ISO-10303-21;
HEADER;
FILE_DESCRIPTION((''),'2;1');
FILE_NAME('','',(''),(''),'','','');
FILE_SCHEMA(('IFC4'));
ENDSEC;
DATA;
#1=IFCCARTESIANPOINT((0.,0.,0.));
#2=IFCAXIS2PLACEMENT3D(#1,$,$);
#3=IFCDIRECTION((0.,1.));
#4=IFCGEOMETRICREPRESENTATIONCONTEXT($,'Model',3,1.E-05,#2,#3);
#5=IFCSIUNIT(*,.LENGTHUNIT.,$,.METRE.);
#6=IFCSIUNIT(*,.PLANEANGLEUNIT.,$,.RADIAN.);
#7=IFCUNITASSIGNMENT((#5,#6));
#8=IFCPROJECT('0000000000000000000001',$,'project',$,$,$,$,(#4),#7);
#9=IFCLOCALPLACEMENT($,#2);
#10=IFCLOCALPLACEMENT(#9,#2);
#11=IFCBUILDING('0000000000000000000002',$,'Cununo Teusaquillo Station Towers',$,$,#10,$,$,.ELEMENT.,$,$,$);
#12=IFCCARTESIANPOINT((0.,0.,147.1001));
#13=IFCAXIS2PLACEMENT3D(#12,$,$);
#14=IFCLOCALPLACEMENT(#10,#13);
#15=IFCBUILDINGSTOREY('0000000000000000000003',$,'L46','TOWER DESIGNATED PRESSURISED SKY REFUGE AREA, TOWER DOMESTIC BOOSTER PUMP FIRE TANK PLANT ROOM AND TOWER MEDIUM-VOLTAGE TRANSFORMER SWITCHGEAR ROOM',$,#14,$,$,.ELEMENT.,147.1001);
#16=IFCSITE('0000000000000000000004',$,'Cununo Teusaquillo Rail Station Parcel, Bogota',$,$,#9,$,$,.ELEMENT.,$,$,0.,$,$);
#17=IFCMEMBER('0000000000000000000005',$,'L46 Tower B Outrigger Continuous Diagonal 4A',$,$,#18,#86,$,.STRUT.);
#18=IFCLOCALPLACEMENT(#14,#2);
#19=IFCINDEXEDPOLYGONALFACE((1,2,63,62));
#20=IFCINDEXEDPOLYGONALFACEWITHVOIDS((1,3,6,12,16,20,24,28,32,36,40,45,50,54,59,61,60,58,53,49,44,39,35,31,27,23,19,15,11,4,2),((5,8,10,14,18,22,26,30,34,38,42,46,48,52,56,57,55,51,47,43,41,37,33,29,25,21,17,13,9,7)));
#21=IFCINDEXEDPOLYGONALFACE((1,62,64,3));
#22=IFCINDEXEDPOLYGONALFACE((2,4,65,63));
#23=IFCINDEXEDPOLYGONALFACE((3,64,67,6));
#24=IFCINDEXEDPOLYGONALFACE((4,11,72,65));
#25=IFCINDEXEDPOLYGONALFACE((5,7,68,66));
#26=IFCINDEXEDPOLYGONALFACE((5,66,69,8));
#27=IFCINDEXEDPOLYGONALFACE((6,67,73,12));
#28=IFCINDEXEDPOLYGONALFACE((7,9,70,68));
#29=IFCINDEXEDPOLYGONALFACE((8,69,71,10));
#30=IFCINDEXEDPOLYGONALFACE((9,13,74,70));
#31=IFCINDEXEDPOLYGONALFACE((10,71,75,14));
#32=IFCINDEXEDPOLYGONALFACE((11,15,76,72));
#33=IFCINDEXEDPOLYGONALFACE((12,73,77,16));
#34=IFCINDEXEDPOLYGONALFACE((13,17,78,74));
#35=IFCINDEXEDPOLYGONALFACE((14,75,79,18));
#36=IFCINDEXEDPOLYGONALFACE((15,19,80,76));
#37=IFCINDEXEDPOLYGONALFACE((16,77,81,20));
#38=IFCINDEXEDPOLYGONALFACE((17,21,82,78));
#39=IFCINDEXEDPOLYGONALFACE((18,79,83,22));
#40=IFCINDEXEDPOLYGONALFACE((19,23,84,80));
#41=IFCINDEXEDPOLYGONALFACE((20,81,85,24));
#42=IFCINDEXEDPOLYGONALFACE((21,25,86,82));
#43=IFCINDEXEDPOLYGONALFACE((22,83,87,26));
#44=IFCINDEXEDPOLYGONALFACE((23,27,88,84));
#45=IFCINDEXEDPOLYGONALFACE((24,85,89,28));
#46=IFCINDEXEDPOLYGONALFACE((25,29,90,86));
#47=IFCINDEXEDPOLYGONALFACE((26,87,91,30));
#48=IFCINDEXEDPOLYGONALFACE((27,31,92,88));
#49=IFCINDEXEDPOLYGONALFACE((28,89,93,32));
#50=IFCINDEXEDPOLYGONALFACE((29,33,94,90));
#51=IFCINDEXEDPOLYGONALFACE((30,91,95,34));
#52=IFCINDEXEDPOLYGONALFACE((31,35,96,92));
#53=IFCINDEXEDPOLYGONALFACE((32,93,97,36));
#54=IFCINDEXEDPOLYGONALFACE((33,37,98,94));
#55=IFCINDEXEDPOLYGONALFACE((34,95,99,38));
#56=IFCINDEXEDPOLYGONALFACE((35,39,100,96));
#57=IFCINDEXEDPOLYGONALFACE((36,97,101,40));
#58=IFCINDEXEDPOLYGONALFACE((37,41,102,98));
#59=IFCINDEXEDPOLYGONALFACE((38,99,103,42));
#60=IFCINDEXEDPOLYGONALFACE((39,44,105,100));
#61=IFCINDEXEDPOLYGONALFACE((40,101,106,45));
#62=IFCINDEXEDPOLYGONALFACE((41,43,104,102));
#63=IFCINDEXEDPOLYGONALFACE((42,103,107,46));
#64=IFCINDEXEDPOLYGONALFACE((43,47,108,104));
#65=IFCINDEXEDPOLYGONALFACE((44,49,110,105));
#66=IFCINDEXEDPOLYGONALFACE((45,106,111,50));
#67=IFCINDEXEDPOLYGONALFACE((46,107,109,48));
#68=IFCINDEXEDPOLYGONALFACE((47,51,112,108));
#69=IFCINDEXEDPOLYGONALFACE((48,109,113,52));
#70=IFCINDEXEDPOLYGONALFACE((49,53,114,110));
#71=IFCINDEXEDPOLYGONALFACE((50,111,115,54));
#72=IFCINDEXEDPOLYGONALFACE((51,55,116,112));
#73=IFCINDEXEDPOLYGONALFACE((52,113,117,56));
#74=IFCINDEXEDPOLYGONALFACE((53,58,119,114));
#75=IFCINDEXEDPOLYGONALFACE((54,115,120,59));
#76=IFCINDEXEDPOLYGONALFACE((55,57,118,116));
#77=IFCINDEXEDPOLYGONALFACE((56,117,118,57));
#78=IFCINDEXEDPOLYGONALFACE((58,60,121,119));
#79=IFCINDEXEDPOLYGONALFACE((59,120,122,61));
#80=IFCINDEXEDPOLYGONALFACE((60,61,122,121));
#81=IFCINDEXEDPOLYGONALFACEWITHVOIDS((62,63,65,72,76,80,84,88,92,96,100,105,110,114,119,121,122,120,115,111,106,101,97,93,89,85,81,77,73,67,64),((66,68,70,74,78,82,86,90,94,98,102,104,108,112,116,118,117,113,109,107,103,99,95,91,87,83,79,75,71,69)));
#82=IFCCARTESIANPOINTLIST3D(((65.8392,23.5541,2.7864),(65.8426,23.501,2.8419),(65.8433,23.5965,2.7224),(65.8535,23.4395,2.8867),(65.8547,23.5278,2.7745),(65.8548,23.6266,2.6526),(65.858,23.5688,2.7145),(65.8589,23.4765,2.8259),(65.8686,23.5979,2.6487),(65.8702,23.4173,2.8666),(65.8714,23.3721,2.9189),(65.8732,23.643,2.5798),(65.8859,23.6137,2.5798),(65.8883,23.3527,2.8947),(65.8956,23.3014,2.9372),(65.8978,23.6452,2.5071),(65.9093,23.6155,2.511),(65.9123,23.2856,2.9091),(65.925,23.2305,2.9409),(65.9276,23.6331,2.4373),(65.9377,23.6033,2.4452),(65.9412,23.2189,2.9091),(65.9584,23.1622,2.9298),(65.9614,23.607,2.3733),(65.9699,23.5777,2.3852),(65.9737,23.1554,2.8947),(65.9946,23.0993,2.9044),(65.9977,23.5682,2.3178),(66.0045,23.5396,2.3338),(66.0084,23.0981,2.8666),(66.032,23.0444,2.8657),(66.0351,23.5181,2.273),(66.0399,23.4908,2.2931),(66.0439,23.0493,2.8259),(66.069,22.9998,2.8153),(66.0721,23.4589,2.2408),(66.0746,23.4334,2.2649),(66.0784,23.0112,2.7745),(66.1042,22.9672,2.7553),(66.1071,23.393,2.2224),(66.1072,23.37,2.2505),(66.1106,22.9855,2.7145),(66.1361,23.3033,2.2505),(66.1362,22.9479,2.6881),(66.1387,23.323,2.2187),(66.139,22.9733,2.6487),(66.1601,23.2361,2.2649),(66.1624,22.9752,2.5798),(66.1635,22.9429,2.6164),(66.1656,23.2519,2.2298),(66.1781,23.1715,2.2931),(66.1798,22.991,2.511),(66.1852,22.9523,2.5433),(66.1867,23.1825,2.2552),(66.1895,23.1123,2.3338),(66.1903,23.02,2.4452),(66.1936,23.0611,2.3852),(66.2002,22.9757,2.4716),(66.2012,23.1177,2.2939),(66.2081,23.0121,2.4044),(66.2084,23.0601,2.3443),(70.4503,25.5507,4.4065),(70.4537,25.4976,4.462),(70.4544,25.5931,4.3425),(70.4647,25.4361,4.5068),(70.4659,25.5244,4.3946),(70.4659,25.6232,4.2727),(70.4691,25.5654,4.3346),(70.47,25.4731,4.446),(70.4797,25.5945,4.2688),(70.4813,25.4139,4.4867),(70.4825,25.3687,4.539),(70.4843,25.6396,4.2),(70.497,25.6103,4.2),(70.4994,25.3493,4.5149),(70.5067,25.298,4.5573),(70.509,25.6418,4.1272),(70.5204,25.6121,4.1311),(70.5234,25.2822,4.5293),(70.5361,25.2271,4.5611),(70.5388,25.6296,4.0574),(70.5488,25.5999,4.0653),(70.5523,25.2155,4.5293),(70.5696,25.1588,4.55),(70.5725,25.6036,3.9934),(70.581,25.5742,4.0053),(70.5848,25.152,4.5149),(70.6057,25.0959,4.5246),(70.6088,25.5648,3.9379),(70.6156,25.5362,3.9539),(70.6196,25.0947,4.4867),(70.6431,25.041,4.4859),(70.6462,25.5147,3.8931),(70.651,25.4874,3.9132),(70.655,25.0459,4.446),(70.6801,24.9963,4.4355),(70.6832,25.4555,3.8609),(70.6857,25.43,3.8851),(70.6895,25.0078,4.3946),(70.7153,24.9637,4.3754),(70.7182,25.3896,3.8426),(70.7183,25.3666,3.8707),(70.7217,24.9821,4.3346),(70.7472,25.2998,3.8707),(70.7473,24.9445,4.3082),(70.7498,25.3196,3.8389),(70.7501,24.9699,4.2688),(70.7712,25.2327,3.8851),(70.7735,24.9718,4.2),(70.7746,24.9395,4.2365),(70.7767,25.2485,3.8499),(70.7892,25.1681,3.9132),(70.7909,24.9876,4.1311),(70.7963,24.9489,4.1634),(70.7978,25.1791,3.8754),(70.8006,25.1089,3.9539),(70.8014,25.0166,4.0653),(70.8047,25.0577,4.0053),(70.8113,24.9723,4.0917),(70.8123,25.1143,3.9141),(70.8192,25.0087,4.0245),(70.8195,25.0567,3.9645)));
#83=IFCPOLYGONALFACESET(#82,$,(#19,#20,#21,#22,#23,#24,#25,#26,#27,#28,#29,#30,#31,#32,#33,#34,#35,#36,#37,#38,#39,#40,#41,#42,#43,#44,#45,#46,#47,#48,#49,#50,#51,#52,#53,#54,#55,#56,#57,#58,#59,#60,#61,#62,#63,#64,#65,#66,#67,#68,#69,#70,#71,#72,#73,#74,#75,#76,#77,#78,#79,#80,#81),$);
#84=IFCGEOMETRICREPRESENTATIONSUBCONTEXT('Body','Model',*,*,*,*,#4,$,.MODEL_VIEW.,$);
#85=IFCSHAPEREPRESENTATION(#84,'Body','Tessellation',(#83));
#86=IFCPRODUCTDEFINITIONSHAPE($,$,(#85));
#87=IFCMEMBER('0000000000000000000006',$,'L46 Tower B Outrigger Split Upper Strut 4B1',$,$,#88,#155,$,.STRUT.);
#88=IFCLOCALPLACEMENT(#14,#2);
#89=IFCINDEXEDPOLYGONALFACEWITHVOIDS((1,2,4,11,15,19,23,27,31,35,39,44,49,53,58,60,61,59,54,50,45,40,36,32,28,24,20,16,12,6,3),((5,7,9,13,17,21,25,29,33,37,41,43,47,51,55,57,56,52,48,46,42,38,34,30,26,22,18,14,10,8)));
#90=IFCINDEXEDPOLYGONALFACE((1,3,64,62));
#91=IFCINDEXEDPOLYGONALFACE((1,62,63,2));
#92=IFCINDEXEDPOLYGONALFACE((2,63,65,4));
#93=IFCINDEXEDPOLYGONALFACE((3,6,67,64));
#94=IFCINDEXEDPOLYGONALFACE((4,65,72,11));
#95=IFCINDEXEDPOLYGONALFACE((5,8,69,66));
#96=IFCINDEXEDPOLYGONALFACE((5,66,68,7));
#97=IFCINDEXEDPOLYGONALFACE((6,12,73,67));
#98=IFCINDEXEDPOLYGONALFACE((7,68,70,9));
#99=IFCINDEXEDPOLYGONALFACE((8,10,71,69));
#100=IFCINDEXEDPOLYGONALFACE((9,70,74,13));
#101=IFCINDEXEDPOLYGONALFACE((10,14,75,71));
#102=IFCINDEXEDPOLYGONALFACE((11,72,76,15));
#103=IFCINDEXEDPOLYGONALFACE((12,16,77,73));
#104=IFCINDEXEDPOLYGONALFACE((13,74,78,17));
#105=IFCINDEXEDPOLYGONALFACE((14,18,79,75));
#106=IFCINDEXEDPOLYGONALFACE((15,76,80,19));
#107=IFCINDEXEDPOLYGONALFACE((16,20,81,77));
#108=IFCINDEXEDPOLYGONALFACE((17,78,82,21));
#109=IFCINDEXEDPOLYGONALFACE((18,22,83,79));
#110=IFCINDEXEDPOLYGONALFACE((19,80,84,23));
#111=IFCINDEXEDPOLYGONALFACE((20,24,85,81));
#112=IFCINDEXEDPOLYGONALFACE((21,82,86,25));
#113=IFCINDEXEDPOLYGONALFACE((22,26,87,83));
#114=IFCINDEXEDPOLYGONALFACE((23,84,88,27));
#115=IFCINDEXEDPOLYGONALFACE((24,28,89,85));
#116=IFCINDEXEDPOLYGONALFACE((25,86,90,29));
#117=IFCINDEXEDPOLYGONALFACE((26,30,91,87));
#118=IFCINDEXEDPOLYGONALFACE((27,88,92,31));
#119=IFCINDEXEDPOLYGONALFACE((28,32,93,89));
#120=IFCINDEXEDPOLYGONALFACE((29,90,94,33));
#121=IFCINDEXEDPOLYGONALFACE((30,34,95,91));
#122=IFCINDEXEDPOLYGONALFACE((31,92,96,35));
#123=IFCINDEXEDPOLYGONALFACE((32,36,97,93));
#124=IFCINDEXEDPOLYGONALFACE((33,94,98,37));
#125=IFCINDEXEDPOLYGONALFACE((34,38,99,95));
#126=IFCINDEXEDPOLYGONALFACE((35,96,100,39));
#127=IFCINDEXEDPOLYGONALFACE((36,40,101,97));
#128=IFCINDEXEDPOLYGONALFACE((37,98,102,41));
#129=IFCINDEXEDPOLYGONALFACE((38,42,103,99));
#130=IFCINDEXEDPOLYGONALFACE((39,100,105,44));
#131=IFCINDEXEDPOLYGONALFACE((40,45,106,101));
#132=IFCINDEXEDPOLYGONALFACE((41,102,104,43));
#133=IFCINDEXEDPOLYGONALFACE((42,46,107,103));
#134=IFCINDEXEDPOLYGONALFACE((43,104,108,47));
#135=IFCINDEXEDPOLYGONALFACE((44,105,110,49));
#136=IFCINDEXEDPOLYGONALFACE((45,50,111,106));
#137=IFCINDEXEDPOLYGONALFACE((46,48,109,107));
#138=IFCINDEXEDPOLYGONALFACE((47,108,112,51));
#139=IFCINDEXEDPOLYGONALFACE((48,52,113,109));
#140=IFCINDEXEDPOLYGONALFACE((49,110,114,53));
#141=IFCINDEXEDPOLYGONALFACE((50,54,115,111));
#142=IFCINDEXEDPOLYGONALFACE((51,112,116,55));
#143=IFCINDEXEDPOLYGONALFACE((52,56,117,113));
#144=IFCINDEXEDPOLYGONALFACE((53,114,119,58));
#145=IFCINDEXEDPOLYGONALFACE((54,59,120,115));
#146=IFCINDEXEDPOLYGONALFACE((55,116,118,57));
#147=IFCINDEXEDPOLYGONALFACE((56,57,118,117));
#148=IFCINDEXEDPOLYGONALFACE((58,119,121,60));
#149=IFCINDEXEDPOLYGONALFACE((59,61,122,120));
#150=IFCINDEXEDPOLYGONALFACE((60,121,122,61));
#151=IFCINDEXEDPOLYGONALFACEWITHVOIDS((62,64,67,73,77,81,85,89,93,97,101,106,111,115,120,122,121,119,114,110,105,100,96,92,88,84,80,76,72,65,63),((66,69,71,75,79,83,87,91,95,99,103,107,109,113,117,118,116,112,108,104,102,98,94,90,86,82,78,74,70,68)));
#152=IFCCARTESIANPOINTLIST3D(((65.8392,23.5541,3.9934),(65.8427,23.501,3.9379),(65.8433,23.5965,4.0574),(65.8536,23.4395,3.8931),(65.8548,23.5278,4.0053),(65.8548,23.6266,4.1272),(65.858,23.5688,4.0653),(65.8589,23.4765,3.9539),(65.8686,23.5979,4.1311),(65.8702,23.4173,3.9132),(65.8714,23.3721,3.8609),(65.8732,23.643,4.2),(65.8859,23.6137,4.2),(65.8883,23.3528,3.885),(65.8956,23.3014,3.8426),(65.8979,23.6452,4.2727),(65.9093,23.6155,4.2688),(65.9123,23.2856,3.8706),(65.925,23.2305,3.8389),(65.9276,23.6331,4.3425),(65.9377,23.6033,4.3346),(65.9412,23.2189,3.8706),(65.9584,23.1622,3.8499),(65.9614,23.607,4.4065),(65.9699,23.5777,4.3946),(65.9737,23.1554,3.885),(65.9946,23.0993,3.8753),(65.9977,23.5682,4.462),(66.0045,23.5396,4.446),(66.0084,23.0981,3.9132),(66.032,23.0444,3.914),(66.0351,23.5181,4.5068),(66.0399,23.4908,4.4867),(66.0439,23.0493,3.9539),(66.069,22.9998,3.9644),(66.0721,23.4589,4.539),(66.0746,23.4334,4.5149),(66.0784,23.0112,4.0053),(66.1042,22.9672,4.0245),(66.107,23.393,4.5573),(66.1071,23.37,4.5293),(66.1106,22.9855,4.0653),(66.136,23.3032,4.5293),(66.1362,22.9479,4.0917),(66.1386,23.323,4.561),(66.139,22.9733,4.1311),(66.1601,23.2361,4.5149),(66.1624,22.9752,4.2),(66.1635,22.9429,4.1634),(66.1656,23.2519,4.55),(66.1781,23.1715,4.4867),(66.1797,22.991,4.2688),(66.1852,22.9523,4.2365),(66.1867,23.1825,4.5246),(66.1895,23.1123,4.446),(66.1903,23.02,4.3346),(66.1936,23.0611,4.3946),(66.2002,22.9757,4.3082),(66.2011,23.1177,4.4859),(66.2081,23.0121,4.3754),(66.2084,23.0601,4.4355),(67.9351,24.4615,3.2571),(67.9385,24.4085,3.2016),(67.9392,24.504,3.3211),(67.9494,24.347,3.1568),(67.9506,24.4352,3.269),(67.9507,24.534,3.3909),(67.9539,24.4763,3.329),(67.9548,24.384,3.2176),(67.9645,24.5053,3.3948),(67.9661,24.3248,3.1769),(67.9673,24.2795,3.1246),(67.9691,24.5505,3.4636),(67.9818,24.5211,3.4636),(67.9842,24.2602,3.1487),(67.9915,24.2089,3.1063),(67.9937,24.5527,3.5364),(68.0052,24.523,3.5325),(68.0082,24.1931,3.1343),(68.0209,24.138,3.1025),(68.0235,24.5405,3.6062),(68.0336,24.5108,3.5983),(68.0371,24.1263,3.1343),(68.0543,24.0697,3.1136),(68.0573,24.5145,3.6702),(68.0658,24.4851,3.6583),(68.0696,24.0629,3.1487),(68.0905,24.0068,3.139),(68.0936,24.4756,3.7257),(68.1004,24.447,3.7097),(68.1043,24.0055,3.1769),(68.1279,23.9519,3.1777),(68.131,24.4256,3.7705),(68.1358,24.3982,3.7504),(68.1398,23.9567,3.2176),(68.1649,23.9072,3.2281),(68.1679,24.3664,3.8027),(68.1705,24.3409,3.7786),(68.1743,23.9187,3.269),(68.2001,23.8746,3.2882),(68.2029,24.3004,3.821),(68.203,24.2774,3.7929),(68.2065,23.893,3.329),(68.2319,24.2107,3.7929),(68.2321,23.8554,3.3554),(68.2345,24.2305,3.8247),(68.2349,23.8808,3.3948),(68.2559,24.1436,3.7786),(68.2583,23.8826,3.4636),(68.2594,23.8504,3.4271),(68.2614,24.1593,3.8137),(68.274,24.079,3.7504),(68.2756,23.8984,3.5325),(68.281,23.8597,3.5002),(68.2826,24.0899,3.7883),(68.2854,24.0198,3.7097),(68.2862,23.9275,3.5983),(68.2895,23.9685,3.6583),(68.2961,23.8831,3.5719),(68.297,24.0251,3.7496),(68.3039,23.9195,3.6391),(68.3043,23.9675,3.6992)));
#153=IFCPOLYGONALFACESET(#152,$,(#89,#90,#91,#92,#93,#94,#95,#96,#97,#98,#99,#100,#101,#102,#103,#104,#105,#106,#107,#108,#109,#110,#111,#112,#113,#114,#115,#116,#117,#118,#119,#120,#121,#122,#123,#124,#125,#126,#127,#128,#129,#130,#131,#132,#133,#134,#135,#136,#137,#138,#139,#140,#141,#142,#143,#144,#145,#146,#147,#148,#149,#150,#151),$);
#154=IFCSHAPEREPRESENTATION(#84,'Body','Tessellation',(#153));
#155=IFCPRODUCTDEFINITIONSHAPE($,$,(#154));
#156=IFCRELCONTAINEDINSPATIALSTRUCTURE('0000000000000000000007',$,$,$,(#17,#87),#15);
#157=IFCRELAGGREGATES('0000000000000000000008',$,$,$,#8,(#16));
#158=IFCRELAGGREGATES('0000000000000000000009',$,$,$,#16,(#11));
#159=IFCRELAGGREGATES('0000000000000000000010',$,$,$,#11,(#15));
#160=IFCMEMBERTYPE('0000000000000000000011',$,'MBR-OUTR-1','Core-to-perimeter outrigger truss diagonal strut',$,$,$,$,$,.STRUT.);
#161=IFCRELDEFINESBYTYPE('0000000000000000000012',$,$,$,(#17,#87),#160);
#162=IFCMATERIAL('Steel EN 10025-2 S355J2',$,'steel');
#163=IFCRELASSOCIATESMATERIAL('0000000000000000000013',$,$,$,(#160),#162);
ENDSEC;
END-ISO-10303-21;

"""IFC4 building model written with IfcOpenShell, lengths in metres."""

from ifc_helpers import new_model, si_unit, direction, frame, origin, origin_2d, place, context, subcontext, project, spatial, hollow_circle, extrude, material, material_profile, profile_set, type_object, element, save


model = new_model("IFC4")

# Units and contexts
model_context = context("Model", 3, precision=1e-05, world=origin(), true_north=direction((0.0, 1.0)))
body_context = subcontext(model_context, "Body", "Model", "MODEL_VIEW")
ifc_project = project(units=[si_unit("LENGTHUNIT", "METRE"), si_unit("PLANEANGLEUNIT", "RADIAN")], contexts=[model_context])

# Site, building, storey
site_placement = place(None, origin())
site = spatial("IfcSite", under=ifc_project, at=site_placement, Name="Cununo Teusaquillo Rail Station Parcel, Bogota", CompositionType="ELEMENT", RefElevation=0.0)
building_placement = place(site_placement, origin())
building = spatial("IfcBuilding", under=site, at=building_placement, Name="Cununo Teusaquillo Station Towers", CompositionType="ELEMENT")
storey_placement = place(building_placement, frame((0.0, 0.0, 147.1001)))
storey = spatial("IfcBuildingStorey", under=building, at=storey_placement, Name="L46", Description="TOWER DESIGNATED PRESSURISED SKY REFUGE AREA, TOWER DOMESTIC BOOSTER PUMP FIRE TANK PLANT ROOM AND TOWER MEDIUM-VOLTAGE TRANSFORMER SWITCHGEAR ROOM", CompositionType="ELEMENT", Elevation=147.1001)

# Members
ifc_material_1 = material(Name="Steel EN 10025-2 S355J2", Category="steel")
ifc_material_profile_1 = material_profile(ifc_material_1, hollow_circle(Radius=0.3799, WallThickness=0.032, at=origin_2d()), Name="CHS 760x32")
ifc_profile_set_1 = profile_set([ifc_material_profile_1], Name="Steel EN 10025-2 S355J2")
member_type_1 = type_object("IfcMemberType", Name="MBR-OUTR-1", Description="Core-to-perimeter outrigger truss diagonal strut", PredefinedType="STRUT", material=ifc_profile_set_1)
member_1_placement = place(storey_placement, frame((66.0242, 23.2944, 2.5798), z_axis=(0.873393, 0.378176, 0.306869), x_axis=(-0.397347, 0.917668, 0.0)))
element("IfcMember", 1, at=member_1_placement, inside=storey, type_object=member_type_1, Name="L46 Tower B Outrigger Continuous Diagonal 4A", PredefinedType="STRUT", context=body_context, shape_type="SweptSolid", body=[
    extrude(hollow_circle(Radius=0.3799, WallThickness=0.032, at=origin_2d()), origin(), (0.0, 0.0, 1.0), 5.2795),
])
member_2_placement = place(storey_placement, frame((66.0242, 23.2944, 4.2), z_axis=(0.873412, 0.378156, -0.306839), x_axis=(-0.397322, 0.917679, 0.0)))
element("IfcMember", 2, at=member_2_placement, inside=storey, type_object=member_type_1, Name="L46 Tower B Outrigger Split Upper Strut 4B1", PredefinedType="STRUT", context=body_context, shape_type="SweptSolid", body=[
    extrude(hollow_circle(Radius=0.3799, WallThickness=0.032, at=origin_2d()), origin(), (0.0, 0.0, 1.0), 2.3997),
])

save(model, "model.ifc")
